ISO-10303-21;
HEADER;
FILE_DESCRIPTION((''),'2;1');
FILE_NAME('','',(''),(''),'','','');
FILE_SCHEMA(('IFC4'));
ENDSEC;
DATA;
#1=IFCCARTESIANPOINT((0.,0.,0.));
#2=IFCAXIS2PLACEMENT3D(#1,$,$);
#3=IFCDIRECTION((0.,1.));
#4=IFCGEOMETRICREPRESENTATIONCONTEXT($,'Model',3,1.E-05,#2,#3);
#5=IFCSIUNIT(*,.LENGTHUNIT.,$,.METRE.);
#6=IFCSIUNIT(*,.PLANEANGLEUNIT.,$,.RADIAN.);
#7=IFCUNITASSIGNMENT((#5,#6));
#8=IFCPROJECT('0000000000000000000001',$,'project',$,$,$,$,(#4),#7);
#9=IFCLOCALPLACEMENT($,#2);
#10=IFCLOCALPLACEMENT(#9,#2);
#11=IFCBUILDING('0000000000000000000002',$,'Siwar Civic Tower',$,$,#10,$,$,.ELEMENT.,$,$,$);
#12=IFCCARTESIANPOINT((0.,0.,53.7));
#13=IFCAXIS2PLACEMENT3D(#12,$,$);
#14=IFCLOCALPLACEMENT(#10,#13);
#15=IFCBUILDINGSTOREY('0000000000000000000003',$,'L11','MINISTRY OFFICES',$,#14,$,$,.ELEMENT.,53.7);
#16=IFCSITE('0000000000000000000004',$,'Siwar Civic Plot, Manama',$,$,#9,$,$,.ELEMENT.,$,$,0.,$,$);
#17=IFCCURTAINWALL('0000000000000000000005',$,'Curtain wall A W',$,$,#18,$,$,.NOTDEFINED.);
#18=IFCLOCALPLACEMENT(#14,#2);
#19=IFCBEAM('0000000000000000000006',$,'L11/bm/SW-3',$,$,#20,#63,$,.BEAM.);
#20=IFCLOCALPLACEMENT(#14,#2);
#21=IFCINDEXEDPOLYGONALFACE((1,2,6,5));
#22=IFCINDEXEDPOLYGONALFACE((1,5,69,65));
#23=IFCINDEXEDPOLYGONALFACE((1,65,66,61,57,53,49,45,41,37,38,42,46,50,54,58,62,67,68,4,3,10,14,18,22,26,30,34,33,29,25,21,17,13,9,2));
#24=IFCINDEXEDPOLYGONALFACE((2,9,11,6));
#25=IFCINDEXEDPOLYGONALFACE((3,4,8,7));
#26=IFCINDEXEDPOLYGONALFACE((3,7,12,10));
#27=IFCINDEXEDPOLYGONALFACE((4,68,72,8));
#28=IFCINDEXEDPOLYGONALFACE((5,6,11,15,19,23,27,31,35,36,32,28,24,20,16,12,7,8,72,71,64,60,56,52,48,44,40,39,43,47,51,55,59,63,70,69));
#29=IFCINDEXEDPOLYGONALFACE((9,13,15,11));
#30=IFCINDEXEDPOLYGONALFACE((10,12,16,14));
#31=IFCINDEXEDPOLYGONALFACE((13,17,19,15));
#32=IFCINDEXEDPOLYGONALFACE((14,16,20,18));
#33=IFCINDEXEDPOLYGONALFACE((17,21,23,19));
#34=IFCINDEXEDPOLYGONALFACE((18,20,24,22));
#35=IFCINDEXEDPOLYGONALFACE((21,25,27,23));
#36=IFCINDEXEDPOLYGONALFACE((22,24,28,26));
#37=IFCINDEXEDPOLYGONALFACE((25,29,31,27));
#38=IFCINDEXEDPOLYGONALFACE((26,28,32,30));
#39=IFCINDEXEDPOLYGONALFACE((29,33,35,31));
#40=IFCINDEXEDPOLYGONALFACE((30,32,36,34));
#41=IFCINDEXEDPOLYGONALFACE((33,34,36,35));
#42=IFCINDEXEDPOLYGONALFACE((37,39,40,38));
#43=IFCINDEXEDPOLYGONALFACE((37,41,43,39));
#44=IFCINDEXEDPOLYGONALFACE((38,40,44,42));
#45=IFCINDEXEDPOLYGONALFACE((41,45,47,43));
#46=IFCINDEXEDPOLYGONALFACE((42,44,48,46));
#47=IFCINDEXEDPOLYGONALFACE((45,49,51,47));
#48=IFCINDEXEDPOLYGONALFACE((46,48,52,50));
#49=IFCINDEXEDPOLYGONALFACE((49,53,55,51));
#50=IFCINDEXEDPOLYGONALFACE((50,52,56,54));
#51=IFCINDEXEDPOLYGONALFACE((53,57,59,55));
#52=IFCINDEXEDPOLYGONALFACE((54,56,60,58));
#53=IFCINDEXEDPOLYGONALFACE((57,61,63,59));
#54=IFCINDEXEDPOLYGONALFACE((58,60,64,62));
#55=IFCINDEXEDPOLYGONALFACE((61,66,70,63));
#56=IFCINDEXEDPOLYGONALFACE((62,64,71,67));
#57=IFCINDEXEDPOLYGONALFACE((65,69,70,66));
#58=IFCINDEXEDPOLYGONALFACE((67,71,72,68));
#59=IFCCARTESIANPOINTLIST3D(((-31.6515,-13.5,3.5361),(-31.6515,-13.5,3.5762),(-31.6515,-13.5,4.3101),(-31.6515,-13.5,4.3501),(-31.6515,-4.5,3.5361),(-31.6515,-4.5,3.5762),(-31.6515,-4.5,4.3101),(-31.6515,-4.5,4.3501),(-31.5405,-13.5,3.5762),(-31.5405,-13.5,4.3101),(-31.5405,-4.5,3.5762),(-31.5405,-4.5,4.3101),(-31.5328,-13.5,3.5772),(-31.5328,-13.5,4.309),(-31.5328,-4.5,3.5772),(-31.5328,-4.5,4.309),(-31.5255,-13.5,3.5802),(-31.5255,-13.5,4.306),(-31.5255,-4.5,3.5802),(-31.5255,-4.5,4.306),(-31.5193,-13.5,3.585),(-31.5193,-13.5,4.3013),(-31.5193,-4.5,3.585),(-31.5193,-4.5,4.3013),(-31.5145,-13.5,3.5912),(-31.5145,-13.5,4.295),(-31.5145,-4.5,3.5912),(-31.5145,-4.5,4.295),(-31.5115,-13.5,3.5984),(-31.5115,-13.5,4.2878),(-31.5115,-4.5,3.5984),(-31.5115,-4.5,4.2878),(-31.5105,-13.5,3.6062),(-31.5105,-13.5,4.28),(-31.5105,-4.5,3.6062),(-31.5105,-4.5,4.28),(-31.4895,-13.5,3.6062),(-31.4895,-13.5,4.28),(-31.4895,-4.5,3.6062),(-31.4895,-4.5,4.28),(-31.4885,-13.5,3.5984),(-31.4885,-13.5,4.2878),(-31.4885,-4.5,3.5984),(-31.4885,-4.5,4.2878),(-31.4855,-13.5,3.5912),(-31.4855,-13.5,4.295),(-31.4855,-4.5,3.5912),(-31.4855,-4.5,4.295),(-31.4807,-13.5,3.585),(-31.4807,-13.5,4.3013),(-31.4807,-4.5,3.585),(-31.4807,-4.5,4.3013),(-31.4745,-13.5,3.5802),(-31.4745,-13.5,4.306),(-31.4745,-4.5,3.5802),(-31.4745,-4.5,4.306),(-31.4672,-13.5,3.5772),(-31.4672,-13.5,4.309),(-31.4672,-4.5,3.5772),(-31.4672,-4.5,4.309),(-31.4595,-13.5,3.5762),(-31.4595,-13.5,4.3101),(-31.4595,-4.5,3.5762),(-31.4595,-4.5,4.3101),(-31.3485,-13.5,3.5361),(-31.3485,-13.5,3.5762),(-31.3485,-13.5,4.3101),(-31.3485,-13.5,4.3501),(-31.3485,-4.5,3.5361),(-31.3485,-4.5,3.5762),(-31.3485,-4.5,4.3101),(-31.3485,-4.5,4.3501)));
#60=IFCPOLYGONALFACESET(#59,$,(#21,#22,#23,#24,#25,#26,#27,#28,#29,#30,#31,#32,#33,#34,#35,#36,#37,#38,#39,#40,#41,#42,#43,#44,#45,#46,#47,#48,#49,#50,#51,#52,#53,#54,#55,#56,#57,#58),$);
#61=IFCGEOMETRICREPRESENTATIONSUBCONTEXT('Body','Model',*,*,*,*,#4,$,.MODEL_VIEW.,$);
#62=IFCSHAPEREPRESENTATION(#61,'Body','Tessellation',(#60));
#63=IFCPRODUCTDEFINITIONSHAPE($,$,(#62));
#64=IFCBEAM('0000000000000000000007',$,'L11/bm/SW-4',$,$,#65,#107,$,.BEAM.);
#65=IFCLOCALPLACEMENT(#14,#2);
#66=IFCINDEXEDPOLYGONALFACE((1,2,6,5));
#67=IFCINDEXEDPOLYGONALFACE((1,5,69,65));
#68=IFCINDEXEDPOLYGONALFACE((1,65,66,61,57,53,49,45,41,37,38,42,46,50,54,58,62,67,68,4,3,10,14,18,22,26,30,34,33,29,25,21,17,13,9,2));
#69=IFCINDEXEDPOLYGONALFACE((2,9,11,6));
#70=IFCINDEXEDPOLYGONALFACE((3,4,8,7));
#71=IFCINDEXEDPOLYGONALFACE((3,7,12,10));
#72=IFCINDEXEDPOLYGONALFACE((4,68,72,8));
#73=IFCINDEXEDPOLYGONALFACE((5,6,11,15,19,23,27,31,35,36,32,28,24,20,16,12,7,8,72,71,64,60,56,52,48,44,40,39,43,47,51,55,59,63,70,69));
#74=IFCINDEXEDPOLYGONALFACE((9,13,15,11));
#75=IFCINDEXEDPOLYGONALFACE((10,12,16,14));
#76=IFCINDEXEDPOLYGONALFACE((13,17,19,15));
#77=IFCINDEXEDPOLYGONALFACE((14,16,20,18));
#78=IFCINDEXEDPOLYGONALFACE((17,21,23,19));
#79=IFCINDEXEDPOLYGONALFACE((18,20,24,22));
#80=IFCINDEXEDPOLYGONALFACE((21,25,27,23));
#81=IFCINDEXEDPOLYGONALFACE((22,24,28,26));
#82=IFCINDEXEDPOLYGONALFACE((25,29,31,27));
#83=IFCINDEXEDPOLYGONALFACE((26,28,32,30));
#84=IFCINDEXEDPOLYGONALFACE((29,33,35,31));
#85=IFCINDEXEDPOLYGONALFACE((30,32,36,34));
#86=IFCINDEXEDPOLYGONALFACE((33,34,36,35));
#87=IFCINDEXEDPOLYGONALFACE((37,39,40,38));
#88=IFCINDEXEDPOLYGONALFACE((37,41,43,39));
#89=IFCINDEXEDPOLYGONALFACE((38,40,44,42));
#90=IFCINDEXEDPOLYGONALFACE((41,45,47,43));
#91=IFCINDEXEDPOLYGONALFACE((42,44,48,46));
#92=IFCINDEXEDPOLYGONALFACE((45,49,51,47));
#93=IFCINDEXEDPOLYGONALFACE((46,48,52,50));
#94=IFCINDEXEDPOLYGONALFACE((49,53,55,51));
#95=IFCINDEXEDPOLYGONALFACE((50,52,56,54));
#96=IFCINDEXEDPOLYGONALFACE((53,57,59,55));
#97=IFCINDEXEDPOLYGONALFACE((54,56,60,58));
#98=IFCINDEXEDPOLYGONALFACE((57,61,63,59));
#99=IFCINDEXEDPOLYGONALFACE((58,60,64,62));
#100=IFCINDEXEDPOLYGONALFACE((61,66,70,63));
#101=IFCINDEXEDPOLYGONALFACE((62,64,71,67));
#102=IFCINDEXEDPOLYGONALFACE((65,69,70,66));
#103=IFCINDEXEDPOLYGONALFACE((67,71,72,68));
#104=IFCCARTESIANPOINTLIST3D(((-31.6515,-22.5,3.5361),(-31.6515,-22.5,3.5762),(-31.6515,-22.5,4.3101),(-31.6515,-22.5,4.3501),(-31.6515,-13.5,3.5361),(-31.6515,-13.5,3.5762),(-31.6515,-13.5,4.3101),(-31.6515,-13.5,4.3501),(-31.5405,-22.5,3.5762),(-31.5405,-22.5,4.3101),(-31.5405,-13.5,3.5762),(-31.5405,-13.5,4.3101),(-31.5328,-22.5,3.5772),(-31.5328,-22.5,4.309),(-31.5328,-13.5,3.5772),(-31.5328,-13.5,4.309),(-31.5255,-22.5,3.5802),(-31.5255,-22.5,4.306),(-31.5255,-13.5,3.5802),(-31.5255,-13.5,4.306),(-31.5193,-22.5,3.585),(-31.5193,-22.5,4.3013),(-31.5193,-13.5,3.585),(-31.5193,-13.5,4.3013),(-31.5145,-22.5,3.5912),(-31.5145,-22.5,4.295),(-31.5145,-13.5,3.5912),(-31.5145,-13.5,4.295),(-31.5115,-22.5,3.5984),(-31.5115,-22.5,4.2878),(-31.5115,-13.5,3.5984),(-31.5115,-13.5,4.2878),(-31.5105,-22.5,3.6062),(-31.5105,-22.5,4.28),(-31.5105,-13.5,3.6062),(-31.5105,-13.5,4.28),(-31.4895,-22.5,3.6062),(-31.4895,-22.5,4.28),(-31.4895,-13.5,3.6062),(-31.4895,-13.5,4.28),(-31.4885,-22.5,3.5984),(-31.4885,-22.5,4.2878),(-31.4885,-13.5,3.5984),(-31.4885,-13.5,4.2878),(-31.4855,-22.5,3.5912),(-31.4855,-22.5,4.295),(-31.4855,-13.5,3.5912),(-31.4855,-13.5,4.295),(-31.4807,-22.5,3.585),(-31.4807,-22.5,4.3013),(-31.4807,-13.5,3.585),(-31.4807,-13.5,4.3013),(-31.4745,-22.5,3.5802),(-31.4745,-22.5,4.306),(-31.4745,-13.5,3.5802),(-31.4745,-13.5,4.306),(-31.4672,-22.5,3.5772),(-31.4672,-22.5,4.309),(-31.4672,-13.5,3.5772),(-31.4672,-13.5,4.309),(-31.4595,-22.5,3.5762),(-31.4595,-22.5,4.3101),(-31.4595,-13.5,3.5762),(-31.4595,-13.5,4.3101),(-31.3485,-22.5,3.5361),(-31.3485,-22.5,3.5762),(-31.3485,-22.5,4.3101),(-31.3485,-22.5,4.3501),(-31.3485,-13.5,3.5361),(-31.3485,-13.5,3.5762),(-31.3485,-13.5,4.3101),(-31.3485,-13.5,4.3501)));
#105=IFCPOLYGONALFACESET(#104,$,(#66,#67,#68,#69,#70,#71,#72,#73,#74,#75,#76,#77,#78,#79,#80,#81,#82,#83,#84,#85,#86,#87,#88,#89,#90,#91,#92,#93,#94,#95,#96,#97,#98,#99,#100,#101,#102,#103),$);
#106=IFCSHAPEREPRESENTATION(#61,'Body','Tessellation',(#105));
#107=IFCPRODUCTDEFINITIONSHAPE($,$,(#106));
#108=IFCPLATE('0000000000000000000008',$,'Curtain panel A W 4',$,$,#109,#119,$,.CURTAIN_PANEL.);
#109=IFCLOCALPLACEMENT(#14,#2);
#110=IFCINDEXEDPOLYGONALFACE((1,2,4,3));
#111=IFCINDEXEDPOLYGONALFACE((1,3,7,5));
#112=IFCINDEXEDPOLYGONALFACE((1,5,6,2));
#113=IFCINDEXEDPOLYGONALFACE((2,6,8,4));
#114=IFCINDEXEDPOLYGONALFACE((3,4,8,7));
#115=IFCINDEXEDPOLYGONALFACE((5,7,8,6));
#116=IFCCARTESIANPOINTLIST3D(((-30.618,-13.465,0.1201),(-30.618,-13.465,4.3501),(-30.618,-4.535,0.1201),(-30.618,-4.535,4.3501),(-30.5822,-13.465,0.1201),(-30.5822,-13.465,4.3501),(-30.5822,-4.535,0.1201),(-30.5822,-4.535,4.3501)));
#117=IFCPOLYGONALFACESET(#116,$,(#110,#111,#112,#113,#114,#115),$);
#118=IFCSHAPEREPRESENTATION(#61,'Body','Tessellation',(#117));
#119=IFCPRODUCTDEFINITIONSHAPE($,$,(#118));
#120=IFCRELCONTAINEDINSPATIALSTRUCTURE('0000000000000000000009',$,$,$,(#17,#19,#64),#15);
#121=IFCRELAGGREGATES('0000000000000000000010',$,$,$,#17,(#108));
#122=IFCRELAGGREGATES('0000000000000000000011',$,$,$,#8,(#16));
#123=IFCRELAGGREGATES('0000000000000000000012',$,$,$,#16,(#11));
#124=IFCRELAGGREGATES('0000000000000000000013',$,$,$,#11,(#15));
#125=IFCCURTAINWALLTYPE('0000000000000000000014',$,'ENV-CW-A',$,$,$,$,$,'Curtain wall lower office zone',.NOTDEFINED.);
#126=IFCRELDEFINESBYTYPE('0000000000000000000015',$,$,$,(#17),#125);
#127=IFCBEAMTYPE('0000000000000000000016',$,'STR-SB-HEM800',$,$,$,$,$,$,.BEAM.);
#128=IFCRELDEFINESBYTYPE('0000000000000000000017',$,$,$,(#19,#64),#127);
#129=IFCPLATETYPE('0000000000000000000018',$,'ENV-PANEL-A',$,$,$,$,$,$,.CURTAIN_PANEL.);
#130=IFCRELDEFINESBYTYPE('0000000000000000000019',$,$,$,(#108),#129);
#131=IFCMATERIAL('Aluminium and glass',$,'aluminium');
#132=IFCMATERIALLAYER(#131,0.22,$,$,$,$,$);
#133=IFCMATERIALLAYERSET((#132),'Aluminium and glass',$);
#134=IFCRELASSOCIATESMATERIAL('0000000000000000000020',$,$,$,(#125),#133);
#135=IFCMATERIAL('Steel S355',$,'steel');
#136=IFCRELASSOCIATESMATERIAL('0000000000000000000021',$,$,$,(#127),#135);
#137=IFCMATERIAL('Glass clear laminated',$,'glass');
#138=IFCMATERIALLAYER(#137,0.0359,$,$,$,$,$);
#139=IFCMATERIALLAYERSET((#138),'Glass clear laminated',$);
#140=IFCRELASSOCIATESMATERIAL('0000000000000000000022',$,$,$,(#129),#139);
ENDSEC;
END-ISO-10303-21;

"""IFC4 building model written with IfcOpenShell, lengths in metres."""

from ifc_helpers import new_model, si_unit, direction, frame, origin, origin_2d, place, context, subcontext, project, spatial, rectangle, i_section, extrude, material, layer, layer_set, material_profile, profile_set, type_object, element, aggregate, save


model = new_model("IFC4")

# Units and contexts
model_context = context("Model", 3, precision=1e-05, world=origin(), true_north=direction((0.0, 1.0)))
body_context = subcontext(model_context, "Body", "Model", "MODEL_VIEW")
ifc_project = project(units=[si_unit("LENGTHUNIT", "METRE"), si_unit("PLANEANGLEUNIT", "RADIAN")], contexts=[model_context])

# Site, building, storey
site_placement = place(None, origin())
site = spatial("IfcSite", under=ifc_project, at=site_placement, Name="Siwar Civic Plot, Manama", CompositionType="ELEMENT", RefElevation=0.0)
building_placement = place(site_placement, origin())
building = spatial("IfcBuilding", under=site, at=building_placement, Name="Siwar Civic Tower", CompositionType="ELEMENT")
storey_placement = place(building_placement, frame((0.0, 0.0, 53.7)))
storey = spatial("IfcBuildingStorey", under=building, at=storey_placement, Name="L11", Description="MINISTRY OFFICES", CompositionType="ELEMENT", Elevation=53.7)

# Curtain wall
ifc_material_1 = material(Name="Aluminium and glass", Category="aluminium")
ifc_layer_1 = layer(ifc_material_1, 0.22)
ifc_layer_set_1 = layer_set([ifc_layer_1], Name="Aluminium and glass")
curtain_wall_type = type_object("IfcCurtainWallType", Name="ENV-CW-A", ElementType="Curtain wall lower office zone", PredefinedType="NOTDEFINED", material=ifc_layer_set_1)
curtain_wall_placement = place(storey_placement, origin())
curtain_wall = element("IfcCurtainWall", 1, at=curtain_wall_placement, inside=storey, type_object=curtain_wall_type, Name="Curtain wall A W", PredefinedType="NOTDEFINED")

# Beams
ifc_material_2 = material(Name="Steel S355", Category="steel")
ifc_material_profile_1 = material_profile(ifc_material_2, i_section(OverallWidth=0.303, OverallDepth=0.814, WebThickness=0.021, FlangeThickness=0.04, FilletRadius=0.03, at=origin_2d()), Name="HEM800")
ifc_profile_set_1 = profile_set([ifc_material_profile_1], Name="Steel S355")
beam_type_1 = type_object("IfcBeamType", Name="STR-SB-HEM800", PredefinedType="BEAM", material=ifc_profile_set_1)
for number, where, z_axis, x_axis, name in (
    (2, (-31.5, -4.5, 3.9431), (0.0, -1.0, 0.0), (1.0, 0.0, 0.0), "L11/bm/SW-3"),
    (3, (-31.5, -13.5, 3.9431), (0.0, -1.0, 0.0), (1.0, 0.0, 0.0), "L11/bm/SW-4"),
):
    element("IfcBeam", number, at=place(storey_placement, frame(where, z_axis=z_axis, x_axis=x_axis)), inside=storey, type_object=beam_type_1, Name=name, PredefinedType="BEAM", context=body_context, shape_type="SweptSolid", body=[
        extrude(i_section(OverallWidth=0.303, OverallDepth=0.814, WebThickness=0.021, FlangeThickness=0.04, FilletRadius=0.03, at=origin_2d()), origin(), (0.0, 0.0, 1.0), 9.0),
    ])

# Plate
ifc_material_3 = material(Name="Glass clear laminated", Category="glass")
ifc_layer_2 = layer(ifc_material_3, 0.0359)
ifc_layer_set_2 = layer_set([ifc_layer_2], Name="Glass clear laminated")
plate_type = type_object("IfcPlateType", Name="ENV-PANEL-A", PredefinedType="CURTAIN_PANEL", material=ifc_layer_set_2)
plate_placement = place(storey_placement, frame((-30.6001, -9.0, 0.1201), z_axis=(0.0, 0.0, 1.0), x_axis=(0.0, -1.0, 0.0)))
plate = element("IfcPlate", 4, at=plate_placement, type_object=plate_type, Name="Curtain panel A W 4", PredefinedType="CURTAIN_PANEL", context=body_context, shape_type="SweptSolid", body=[
    extrude(rectangle(XDim=8.9299, YDim=0.0359, at=origin_2d()), origin(), (0.0, 0.0, 1.0), 4.23),
])
aggregate(curtain_wall, [plate])

save(model, "model.ifc")
